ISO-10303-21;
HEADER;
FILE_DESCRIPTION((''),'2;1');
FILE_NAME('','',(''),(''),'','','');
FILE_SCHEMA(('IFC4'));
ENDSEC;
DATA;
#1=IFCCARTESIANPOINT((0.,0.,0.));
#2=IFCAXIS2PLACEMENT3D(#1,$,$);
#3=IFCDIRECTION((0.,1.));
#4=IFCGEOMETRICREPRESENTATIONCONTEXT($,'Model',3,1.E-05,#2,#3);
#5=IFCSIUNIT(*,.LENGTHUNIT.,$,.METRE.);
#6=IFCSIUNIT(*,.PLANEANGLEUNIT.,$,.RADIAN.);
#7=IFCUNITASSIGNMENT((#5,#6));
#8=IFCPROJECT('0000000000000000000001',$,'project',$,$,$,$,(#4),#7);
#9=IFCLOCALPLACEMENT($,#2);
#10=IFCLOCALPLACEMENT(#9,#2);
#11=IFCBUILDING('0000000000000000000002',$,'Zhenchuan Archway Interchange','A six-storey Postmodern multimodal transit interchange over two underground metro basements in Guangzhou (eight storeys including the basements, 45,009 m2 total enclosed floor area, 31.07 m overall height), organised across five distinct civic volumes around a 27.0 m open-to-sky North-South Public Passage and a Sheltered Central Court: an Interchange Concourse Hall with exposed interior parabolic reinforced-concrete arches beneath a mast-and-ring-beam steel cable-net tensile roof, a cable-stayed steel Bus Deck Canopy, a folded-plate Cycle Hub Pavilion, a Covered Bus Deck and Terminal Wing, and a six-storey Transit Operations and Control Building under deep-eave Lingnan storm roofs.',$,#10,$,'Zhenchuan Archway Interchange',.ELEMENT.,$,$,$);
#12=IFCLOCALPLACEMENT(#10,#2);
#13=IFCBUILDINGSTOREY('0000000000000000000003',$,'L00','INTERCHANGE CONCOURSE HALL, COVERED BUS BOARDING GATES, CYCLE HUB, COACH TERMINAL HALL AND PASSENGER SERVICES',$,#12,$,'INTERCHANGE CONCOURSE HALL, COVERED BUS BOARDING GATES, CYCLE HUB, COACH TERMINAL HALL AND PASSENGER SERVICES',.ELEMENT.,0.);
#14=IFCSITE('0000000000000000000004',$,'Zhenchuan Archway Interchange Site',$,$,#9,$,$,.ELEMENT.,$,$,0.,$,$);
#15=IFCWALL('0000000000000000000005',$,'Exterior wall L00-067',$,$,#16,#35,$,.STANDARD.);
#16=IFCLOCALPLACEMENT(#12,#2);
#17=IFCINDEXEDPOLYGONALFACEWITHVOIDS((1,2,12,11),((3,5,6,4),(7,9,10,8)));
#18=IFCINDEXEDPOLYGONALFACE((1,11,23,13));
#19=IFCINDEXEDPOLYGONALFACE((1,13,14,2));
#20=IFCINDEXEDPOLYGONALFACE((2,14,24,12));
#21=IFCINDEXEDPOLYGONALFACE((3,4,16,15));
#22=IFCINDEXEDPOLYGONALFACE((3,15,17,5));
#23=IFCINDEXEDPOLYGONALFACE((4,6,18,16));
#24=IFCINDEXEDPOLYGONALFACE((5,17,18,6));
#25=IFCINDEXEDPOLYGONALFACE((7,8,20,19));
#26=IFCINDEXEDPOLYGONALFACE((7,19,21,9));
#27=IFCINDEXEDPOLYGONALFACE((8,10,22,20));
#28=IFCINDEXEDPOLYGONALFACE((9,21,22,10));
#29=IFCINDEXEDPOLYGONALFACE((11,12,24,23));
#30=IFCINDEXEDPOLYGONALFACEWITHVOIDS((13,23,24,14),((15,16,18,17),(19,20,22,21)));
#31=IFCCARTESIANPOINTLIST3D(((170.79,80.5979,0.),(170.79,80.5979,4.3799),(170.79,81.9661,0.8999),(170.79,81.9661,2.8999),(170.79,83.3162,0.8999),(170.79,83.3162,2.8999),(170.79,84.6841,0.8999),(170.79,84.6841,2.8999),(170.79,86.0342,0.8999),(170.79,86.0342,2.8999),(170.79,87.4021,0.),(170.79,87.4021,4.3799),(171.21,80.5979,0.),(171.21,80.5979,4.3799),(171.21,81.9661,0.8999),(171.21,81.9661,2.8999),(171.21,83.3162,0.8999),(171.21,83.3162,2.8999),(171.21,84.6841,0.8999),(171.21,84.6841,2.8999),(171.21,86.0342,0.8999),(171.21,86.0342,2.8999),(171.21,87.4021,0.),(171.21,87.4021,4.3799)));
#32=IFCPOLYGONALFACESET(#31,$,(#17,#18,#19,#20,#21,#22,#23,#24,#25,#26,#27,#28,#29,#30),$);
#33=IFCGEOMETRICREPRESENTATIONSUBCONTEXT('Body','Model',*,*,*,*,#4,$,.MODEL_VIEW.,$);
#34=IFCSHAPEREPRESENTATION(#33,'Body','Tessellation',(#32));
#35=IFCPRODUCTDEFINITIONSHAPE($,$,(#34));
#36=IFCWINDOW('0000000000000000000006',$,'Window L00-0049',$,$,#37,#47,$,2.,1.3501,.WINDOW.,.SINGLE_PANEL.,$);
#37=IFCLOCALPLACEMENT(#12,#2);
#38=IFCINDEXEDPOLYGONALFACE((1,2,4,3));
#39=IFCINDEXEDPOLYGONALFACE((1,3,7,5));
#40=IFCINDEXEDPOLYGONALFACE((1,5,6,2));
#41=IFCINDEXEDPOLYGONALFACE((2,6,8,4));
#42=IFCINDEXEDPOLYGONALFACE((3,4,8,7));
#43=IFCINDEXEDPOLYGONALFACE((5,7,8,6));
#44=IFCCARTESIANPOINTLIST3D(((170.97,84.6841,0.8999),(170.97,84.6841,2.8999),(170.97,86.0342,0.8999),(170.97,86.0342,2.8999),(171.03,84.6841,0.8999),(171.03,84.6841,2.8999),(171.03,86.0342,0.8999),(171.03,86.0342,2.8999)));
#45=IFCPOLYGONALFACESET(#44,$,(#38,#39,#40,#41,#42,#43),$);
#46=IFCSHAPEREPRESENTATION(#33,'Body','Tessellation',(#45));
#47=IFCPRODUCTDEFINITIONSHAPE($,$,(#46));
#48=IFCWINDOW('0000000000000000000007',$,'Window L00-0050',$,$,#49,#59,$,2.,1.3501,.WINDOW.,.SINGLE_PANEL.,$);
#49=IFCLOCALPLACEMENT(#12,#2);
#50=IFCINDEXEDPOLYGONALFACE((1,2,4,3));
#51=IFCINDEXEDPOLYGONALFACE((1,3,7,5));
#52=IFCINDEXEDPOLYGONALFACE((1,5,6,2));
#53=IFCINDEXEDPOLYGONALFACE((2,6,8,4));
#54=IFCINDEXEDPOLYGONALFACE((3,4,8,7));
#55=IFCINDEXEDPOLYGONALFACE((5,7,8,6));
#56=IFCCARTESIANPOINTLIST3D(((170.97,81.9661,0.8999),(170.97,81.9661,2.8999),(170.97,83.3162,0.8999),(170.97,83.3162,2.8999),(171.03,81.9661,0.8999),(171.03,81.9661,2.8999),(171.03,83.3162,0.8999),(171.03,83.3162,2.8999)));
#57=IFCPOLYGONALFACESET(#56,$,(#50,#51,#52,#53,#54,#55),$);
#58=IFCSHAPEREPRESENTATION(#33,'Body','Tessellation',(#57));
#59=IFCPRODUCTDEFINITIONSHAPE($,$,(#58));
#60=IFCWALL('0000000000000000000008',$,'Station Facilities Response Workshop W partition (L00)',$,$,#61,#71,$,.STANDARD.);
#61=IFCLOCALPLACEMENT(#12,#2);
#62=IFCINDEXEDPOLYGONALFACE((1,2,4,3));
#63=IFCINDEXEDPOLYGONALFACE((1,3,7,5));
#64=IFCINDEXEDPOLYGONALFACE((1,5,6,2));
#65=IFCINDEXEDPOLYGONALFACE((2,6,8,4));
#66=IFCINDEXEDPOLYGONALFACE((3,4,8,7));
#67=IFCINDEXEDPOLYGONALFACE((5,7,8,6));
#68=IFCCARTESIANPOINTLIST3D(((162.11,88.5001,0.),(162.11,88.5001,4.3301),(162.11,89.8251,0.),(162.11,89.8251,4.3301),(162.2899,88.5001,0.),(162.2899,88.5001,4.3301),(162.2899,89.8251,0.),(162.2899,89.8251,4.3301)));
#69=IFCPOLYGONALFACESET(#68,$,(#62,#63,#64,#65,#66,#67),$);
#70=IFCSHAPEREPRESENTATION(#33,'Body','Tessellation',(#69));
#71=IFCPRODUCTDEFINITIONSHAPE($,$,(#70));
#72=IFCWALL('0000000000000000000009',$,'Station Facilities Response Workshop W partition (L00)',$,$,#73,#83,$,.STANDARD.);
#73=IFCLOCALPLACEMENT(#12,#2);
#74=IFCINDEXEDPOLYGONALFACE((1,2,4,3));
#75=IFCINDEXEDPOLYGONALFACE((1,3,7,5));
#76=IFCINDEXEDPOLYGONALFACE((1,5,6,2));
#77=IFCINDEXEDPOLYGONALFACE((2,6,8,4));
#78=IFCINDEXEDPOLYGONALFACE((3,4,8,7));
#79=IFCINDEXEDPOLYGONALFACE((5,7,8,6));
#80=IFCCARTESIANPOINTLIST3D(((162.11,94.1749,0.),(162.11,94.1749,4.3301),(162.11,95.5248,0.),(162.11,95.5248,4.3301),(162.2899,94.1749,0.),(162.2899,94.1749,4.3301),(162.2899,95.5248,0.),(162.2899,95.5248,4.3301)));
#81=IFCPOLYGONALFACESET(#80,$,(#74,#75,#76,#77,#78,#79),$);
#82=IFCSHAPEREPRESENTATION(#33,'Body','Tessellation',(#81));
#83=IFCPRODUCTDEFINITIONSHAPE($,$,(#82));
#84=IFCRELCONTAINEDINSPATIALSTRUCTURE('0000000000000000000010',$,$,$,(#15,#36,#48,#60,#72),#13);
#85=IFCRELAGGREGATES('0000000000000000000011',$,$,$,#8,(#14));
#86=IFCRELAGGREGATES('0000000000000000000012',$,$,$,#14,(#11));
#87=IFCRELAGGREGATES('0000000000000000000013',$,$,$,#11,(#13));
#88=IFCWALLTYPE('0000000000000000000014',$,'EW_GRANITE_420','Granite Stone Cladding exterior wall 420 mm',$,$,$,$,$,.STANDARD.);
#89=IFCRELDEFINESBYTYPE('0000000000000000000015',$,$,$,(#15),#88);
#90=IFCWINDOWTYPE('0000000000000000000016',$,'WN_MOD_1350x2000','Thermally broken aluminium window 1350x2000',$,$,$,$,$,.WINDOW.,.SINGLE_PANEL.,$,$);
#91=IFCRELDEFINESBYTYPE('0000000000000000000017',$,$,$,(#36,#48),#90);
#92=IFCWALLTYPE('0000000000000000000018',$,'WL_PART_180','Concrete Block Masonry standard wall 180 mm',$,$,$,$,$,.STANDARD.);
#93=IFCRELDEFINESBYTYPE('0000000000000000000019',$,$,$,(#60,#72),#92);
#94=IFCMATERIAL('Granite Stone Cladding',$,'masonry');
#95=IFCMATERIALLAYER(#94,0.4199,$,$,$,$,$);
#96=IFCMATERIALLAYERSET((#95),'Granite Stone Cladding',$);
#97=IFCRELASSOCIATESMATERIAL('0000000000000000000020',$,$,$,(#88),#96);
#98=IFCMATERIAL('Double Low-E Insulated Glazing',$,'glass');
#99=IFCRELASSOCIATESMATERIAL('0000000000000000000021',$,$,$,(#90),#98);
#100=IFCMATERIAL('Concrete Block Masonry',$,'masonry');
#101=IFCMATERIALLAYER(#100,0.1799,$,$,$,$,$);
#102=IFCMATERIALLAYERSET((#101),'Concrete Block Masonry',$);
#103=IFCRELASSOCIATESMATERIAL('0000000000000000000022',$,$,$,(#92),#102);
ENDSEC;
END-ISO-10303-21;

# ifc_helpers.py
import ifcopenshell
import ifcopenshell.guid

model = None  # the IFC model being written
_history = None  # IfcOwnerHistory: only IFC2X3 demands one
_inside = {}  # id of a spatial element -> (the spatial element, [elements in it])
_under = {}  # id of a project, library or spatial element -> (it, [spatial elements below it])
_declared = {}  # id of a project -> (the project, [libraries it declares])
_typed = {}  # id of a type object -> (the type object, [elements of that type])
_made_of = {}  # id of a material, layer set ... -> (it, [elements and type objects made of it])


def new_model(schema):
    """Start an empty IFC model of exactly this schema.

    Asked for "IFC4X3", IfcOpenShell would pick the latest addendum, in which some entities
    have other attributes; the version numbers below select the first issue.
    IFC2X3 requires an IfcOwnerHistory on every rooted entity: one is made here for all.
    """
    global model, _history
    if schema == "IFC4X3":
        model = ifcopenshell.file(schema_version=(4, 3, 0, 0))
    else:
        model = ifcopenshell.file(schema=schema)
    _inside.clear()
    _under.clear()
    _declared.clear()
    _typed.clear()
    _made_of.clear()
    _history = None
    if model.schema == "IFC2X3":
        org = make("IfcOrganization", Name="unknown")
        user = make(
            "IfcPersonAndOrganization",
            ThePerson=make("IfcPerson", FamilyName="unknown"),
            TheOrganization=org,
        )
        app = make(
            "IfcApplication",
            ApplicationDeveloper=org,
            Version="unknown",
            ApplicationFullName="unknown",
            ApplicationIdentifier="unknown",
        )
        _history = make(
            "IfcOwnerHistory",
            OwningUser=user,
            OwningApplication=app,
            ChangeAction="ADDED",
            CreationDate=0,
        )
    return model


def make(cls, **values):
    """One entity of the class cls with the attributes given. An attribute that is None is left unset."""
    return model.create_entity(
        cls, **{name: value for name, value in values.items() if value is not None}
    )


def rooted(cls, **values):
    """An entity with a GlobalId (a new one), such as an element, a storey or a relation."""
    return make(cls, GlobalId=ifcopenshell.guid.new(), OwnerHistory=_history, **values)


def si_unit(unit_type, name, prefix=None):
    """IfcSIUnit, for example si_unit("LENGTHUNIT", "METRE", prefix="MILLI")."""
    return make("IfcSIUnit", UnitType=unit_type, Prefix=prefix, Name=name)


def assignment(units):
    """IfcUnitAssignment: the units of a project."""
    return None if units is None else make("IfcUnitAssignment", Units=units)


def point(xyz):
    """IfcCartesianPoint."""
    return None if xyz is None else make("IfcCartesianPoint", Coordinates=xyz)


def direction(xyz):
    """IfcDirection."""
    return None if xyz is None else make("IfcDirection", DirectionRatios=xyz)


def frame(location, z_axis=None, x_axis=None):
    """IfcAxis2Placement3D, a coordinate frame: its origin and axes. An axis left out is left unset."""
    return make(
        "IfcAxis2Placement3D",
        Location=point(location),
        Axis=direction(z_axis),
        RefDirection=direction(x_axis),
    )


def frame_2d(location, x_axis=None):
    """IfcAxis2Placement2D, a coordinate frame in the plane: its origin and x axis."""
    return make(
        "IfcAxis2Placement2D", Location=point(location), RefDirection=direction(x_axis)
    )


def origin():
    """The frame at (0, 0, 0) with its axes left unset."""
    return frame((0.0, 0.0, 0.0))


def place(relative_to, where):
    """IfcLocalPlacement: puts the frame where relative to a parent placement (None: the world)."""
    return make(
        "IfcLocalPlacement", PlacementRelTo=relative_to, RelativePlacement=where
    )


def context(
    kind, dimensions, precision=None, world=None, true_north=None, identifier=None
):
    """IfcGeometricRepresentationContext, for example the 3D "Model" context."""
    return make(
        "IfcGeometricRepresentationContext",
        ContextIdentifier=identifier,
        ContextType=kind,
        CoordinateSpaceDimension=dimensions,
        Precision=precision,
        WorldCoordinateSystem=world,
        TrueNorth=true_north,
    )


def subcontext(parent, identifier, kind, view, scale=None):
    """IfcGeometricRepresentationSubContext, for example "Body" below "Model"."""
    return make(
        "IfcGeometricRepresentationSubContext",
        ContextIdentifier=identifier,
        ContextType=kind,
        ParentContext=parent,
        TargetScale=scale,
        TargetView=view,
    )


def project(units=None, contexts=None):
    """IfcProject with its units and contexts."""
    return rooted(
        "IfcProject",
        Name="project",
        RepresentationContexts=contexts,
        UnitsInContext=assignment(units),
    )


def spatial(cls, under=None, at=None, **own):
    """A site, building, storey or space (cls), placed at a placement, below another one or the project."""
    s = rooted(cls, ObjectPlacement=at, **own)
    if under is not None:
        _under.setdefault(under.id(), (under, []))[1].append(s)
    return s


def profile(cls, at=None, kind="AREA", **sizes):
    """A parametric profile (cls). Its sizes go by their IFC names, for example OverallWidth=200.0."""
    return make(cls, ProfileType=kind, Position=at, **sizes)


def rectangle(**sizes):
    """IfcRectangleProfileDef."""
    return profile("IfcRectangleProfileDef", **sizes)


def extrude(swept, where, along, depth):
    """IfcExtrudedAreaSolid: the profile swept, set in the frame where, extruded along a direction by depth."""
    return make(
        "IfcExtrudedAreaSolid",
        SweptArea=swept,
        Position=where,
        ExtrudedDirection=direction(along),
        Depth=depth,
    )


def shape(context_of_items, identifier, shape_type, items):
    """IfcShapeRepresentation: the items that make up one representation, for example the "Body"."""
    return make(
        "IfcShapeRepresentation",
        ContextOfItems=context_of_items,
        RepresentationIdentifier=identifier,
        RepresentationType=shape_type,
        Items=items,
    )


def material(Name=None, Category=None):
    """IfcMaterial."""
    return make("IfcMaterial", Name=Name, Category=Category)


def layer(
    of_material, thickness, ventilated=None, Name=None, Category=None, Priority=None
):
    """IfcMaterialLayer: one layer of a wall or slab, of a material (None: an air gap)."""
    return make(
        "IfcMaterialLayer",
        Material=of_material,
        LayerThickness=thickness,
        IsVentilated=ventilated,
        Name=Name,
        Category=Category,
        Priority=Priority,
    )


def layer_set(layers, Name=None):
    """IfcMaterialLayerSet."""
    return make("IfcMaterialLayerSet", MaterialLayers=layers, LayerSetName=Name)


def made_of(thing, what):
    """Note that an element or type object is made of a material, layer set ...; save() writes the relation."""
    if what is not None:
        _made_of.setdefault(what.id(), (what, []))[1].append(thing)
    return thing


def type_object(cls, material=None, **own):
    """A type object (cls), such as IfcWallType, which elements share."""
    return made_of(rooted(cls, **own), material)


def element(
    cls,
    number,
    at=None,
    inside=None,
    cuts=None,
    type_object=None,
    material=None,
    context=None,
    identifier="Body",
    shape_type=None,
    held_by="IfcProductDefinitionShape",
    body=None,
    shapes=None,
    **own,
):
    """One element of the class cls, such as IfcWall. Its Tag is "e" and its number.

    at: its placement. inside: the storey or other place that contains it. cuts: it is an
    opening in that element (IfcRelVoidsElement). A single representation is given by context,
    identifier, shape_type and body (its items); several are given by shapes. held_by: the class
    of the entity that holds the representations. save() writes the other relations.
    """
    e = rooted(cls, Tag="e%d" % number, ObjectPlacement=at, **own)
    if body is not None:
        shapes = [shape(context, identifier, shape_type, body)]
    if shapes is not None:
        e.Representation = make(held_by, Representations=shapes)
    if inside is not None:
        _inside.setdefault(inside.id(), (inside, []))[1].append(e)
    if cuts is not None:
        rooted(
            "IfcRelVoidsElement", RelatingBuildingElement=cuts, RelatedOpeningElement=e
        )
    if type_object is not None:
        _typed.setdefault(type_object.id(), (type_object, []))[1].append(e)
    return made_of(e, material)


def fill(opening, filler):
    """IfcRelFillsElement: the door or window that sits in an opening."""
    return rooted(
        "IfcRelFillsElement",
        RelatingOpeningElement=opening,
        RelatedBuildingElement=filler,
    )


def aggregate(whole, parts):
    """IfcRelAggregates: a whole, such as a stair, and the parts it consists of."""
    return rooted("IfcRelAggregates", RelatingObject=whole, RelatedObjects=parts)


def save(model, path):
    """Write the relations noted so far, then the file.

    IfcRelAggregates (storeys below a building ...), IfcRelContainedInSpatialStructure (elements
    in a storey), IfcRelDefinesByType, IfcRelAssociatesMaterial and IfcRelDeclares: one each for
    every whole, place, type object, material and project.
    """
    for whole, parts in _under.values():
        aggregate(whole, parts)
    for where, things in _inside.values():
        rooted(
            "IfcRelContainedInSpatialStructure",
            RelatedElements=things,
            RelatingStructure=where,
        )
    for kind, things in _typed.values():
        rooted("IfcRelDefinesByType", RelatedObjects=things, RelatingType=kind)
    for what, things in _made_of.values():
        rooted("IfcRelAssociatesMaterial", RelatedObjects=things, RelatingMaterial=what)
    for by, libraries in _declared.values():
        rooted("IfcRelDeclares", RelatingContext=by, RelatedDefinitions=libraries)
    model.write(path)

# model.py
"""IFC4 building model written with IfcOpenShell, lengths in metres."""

from ifc_helpers import new_model, si_unit, direction, frame, frame_2d, origin, place, context, subcontext, project, spatial, rectangle, extrude, material, layer, layer_set, type_object, element, fill, save


model = new_model("IFC4")

# Units and contexts
model_context = context("Model", 3, precision=1e-05, world=origin(), true_north=direction((0.0, 1.0)))
body_context = subcontext(model_context, "Body", "Model", "MODEL_VIEW")
ifc_project = project(units=[si_unit("LENGTHUNIT", "METRE"), si_unit("PLANEANGLEUNIT", "RADIAN")], contexts=[model_context])

# Site, building, storey
site_placement = place(None, origin())
site = spatial("IfcSite", under=ifc_project, at=site_placement, Name="Zhenchuan Archway Interchange Site", CompositionType="ELEMENT", RefElevation=0.0)
building_placement = place(site_placement, origin())
building = spatial("IfcBuilding", under=site, at=building_placement, Name="Zhenchuan Archway Interchange", Description="A six-storey Postmodern multimodal transit interchange over two underground metro basements in Guangzhou (eight storeys including the basements, 45,009 m2 total enclosed floor area, 31.07 m overall height), organised across five distinct civic volumes around a 27.0 m open-to-sky North-South Public Passage and a Sheltered Central Court: an Interchange Concourse Hall with exposed interior parabolic reinforced-concrete arches beneath a mast-and-ring-beam steel cable-net tensile roof, a cable-stayed steel Bus Deck Canopy, a folded-plate Cycle Hub Pavilion, a Covered Bus Deck and Terminal Wing, and a six-storey Transit Operations and Control Building under deep-eave Lingnan storm roofs.", LongName="Zhenchuan Archway Interchange", CompositionType="ELEMENT")
storey_placement = place(building_placement, origin())
storey = spatial("IfcBuildingStorey", under=building, at=storey_placement, Name="L00", Description="INTERCHANGE CONCOURSE HALL, COVERED BUS BOARDING GATES, CYCLE HUB, COACH TERMINAL HALL AND PASSENGER SERVICES", LongName="INTERCHANGE CONCOURSE HALL, COVERED BUS BOARDING GATES, CYCLE HUB, COACH TERMINAL HALL AND PASSENGER SERVICES", CompositionType="ELEMENT", Elevation=0.0)

# Shared definitions
ifc_material_1 = material(Name="Granite Stone Cladding", Category="masonry")
ifc_layer_1 = layer(ifc_material_1, 0.4199)
ifc_layer_set_1 = layer_set([ifc_layer_1], Name="Granite Stone Cladding")
wall_type_1 = type_object("IfcWallType", Name="EW_GRANITE_420", Description="Granite Stone Cladding exterior wall 420 mm", PredefinedType="STANDARD", material=ifc_layer_set_1)

# Wall, openings, windows
wall_1_placement = place(storey_placement, frame((171.0, 87.4021, 0.0), z_axis=(0.0, 0.0, 1.0), x_axis=(0.0, -1.0, 0.0)))
wall_1 = element("IfcWall", 1, at=wall_1_placement, inside=storey, type_object=wall_type_1, Name="Exterior wall L00-067", PredefinedType="STANDARD", context=body_context, shape_type="SweptSolid", body=[
    extrude(rectangle(XDim=6.8042, YDim=0.4199, at=frame_2d((3.4021, 0.0))), origin(), (0.0, 0.0, 1.0), 4.3799),
])
opening_1_placement = place(wall_1_placement, frame((1.3679, 0.0, 0.8999)))
opening_1 = element("IfcOpeningElement", 2, at=opening_1_placement, cuts=wall_1, PredefinedType="OPENING", context=body_context, shape_type="SweptSolid", body=[
    extrude(rectangle(XDim=1.3501, YDim=2.0, at=frame_2d((0.675, 1.0))), frame((0.0, 0.2219, 0.0), z_axis=(0.0, -1.0, 0.0), x_axis=(1.0, 0.0, 0.0)), (0.0, 0.0, 1.0), 0.4438),
])
opening_2_placement = place(wall_1_placement, frame((4.0859, 0.0, 0.8999)))
opening_2 = element("IfcOpeningElement", 3, at=opening_2_placement, cuts=wall_1, PredefinedType="OPENING", context=body_context, shape_type="SweptSolid", body=[
    extrude(rectangle(XDim=1.3501, YDim=2.0, at=frame_2d((0.675, 1.0))), frame((0.0, 0.2219, 0.0), z_axis=(0.0, -1.0, 0.0), x_axis=(1.0, 0.0, 0.0)), (0.0, 0.0, 1.0), 0.4438),
])
ifc_material_2 = material(Name="Double Low-E Insulated Glazing", Category="glass")
window_type = type_object("IfcWindowType", Name="WN_MOD_1350x2000", Description="Thermally broken aluminium window 1350x2000", PartitioningType="SINGLE_PANEL", PredefinedType="WINDOW", material=ifc_material_2)
window_1_placement = place(opening_1_placement, origin())
window_1 = element("IfcWindow", 4, at=window_1_placement, inside=storey, type_object=window_type, Name="Window L00-0049", OverallHeight=2.0, OverallWidth=1.3501, PartitioningType="SINGLE_PANEL", PredefinedType="WINDOW", context=body_context, shape_type="SweptSolid", body=[
    extrude(rectangle(XDim=1.3501, YDim=2.0, at=frame_2d((0.675, 1.0))), frame((0.0, 0.03, 0.0), z_axis=(0.0, -1.0, 0.0), x_axis=(1.0, 0.0, 0.0)), (0.0, 0.0, 1.0), 0.0601),
])
fill(opening_1, window_1)
window_2_placement = place(opening_2_placement, origin())
window_2 = element("IfcWindow", 5, at=window_2_placement, inside=storey, type_object=window_type, Name="Window L00-0050", OverallHeight=2.0, OverallWidth=1.3501, PartitioningType="SINGLE_PANEL", PredefinedType="WINDOW", context=body_context, shape_type="SweptSolid", body=[
    extrude(rectangle(XDim=1.3501, YDim=2.0, at=frame_2d((0.675, 1.0))), frame((0.0, 0.03, 0.0), z_axis=(0.0, -1.0, 0.0), x_axis=(1.0, 0.0, 0.0)), (0.0, 0.0, 1.0), 0.0601),
])
fill(opening_2, window_2)

# Walls
ifc_material_3 = material(Name="Concrete Block Masonry", Category="masonry")
ifc_layer_2 = layer(ifc_material_3, 0.1799)
ifc_layer_set_2 = layer_set([ifc_layer_2], Name="Concrete Block Masonry")
wall_type_2 = type_object("IfcWallType", Name="WL_PART_180", Description="Concrete Block Masonry standard wall 180 mm", PredefinedType="STANDARD", material=ifc_layer_set_2)
wall_2_placement = place(storey_placement, frame((162.2, 88.5, 0.0), z_axis=(0.0, 0.0, 1.0), x_axis=(0.0, 1.0, 0.0)))
element("IfcWall", 6, at=wall_2_placement, inside=storey, type_object=wall_type_2, Name="Station Facilities Response Workshop W partition (L00)", PredefinedType="STANDARD", context=body_context, shape_type="SweptSolid", body=[
    extrude(rectangle(XDim=1.325, YDim=0.1799, at=frame_2d((0.6626, 0.0))), origin(), (0.0, 0.0, 1.0), 4.3301),
])
wall_3_placement = place(storey_placement, frame((162.2, 94.175, 0.0), z_axis=(0.0, 0.0, 1.0), x_axis=(0.0, 1.0, 0.0)))
element("IfcWall", 7, at=wall_3_placement, inside=storey, type_object=wall_type_2, Name="Station Facilities Response Workshop W partition (L00)", PredefinedType="STANDARD", context=body_context, shape_type="SweptSolid", body=[
    extrude(rectangle(XDim=1.3499, YDim=0.1799, at=frame_2d((0.6748, 0.0))), origin(), (0.0, 0.0, 1.0), 4.3301),
])

save(model, "model.ifc")
